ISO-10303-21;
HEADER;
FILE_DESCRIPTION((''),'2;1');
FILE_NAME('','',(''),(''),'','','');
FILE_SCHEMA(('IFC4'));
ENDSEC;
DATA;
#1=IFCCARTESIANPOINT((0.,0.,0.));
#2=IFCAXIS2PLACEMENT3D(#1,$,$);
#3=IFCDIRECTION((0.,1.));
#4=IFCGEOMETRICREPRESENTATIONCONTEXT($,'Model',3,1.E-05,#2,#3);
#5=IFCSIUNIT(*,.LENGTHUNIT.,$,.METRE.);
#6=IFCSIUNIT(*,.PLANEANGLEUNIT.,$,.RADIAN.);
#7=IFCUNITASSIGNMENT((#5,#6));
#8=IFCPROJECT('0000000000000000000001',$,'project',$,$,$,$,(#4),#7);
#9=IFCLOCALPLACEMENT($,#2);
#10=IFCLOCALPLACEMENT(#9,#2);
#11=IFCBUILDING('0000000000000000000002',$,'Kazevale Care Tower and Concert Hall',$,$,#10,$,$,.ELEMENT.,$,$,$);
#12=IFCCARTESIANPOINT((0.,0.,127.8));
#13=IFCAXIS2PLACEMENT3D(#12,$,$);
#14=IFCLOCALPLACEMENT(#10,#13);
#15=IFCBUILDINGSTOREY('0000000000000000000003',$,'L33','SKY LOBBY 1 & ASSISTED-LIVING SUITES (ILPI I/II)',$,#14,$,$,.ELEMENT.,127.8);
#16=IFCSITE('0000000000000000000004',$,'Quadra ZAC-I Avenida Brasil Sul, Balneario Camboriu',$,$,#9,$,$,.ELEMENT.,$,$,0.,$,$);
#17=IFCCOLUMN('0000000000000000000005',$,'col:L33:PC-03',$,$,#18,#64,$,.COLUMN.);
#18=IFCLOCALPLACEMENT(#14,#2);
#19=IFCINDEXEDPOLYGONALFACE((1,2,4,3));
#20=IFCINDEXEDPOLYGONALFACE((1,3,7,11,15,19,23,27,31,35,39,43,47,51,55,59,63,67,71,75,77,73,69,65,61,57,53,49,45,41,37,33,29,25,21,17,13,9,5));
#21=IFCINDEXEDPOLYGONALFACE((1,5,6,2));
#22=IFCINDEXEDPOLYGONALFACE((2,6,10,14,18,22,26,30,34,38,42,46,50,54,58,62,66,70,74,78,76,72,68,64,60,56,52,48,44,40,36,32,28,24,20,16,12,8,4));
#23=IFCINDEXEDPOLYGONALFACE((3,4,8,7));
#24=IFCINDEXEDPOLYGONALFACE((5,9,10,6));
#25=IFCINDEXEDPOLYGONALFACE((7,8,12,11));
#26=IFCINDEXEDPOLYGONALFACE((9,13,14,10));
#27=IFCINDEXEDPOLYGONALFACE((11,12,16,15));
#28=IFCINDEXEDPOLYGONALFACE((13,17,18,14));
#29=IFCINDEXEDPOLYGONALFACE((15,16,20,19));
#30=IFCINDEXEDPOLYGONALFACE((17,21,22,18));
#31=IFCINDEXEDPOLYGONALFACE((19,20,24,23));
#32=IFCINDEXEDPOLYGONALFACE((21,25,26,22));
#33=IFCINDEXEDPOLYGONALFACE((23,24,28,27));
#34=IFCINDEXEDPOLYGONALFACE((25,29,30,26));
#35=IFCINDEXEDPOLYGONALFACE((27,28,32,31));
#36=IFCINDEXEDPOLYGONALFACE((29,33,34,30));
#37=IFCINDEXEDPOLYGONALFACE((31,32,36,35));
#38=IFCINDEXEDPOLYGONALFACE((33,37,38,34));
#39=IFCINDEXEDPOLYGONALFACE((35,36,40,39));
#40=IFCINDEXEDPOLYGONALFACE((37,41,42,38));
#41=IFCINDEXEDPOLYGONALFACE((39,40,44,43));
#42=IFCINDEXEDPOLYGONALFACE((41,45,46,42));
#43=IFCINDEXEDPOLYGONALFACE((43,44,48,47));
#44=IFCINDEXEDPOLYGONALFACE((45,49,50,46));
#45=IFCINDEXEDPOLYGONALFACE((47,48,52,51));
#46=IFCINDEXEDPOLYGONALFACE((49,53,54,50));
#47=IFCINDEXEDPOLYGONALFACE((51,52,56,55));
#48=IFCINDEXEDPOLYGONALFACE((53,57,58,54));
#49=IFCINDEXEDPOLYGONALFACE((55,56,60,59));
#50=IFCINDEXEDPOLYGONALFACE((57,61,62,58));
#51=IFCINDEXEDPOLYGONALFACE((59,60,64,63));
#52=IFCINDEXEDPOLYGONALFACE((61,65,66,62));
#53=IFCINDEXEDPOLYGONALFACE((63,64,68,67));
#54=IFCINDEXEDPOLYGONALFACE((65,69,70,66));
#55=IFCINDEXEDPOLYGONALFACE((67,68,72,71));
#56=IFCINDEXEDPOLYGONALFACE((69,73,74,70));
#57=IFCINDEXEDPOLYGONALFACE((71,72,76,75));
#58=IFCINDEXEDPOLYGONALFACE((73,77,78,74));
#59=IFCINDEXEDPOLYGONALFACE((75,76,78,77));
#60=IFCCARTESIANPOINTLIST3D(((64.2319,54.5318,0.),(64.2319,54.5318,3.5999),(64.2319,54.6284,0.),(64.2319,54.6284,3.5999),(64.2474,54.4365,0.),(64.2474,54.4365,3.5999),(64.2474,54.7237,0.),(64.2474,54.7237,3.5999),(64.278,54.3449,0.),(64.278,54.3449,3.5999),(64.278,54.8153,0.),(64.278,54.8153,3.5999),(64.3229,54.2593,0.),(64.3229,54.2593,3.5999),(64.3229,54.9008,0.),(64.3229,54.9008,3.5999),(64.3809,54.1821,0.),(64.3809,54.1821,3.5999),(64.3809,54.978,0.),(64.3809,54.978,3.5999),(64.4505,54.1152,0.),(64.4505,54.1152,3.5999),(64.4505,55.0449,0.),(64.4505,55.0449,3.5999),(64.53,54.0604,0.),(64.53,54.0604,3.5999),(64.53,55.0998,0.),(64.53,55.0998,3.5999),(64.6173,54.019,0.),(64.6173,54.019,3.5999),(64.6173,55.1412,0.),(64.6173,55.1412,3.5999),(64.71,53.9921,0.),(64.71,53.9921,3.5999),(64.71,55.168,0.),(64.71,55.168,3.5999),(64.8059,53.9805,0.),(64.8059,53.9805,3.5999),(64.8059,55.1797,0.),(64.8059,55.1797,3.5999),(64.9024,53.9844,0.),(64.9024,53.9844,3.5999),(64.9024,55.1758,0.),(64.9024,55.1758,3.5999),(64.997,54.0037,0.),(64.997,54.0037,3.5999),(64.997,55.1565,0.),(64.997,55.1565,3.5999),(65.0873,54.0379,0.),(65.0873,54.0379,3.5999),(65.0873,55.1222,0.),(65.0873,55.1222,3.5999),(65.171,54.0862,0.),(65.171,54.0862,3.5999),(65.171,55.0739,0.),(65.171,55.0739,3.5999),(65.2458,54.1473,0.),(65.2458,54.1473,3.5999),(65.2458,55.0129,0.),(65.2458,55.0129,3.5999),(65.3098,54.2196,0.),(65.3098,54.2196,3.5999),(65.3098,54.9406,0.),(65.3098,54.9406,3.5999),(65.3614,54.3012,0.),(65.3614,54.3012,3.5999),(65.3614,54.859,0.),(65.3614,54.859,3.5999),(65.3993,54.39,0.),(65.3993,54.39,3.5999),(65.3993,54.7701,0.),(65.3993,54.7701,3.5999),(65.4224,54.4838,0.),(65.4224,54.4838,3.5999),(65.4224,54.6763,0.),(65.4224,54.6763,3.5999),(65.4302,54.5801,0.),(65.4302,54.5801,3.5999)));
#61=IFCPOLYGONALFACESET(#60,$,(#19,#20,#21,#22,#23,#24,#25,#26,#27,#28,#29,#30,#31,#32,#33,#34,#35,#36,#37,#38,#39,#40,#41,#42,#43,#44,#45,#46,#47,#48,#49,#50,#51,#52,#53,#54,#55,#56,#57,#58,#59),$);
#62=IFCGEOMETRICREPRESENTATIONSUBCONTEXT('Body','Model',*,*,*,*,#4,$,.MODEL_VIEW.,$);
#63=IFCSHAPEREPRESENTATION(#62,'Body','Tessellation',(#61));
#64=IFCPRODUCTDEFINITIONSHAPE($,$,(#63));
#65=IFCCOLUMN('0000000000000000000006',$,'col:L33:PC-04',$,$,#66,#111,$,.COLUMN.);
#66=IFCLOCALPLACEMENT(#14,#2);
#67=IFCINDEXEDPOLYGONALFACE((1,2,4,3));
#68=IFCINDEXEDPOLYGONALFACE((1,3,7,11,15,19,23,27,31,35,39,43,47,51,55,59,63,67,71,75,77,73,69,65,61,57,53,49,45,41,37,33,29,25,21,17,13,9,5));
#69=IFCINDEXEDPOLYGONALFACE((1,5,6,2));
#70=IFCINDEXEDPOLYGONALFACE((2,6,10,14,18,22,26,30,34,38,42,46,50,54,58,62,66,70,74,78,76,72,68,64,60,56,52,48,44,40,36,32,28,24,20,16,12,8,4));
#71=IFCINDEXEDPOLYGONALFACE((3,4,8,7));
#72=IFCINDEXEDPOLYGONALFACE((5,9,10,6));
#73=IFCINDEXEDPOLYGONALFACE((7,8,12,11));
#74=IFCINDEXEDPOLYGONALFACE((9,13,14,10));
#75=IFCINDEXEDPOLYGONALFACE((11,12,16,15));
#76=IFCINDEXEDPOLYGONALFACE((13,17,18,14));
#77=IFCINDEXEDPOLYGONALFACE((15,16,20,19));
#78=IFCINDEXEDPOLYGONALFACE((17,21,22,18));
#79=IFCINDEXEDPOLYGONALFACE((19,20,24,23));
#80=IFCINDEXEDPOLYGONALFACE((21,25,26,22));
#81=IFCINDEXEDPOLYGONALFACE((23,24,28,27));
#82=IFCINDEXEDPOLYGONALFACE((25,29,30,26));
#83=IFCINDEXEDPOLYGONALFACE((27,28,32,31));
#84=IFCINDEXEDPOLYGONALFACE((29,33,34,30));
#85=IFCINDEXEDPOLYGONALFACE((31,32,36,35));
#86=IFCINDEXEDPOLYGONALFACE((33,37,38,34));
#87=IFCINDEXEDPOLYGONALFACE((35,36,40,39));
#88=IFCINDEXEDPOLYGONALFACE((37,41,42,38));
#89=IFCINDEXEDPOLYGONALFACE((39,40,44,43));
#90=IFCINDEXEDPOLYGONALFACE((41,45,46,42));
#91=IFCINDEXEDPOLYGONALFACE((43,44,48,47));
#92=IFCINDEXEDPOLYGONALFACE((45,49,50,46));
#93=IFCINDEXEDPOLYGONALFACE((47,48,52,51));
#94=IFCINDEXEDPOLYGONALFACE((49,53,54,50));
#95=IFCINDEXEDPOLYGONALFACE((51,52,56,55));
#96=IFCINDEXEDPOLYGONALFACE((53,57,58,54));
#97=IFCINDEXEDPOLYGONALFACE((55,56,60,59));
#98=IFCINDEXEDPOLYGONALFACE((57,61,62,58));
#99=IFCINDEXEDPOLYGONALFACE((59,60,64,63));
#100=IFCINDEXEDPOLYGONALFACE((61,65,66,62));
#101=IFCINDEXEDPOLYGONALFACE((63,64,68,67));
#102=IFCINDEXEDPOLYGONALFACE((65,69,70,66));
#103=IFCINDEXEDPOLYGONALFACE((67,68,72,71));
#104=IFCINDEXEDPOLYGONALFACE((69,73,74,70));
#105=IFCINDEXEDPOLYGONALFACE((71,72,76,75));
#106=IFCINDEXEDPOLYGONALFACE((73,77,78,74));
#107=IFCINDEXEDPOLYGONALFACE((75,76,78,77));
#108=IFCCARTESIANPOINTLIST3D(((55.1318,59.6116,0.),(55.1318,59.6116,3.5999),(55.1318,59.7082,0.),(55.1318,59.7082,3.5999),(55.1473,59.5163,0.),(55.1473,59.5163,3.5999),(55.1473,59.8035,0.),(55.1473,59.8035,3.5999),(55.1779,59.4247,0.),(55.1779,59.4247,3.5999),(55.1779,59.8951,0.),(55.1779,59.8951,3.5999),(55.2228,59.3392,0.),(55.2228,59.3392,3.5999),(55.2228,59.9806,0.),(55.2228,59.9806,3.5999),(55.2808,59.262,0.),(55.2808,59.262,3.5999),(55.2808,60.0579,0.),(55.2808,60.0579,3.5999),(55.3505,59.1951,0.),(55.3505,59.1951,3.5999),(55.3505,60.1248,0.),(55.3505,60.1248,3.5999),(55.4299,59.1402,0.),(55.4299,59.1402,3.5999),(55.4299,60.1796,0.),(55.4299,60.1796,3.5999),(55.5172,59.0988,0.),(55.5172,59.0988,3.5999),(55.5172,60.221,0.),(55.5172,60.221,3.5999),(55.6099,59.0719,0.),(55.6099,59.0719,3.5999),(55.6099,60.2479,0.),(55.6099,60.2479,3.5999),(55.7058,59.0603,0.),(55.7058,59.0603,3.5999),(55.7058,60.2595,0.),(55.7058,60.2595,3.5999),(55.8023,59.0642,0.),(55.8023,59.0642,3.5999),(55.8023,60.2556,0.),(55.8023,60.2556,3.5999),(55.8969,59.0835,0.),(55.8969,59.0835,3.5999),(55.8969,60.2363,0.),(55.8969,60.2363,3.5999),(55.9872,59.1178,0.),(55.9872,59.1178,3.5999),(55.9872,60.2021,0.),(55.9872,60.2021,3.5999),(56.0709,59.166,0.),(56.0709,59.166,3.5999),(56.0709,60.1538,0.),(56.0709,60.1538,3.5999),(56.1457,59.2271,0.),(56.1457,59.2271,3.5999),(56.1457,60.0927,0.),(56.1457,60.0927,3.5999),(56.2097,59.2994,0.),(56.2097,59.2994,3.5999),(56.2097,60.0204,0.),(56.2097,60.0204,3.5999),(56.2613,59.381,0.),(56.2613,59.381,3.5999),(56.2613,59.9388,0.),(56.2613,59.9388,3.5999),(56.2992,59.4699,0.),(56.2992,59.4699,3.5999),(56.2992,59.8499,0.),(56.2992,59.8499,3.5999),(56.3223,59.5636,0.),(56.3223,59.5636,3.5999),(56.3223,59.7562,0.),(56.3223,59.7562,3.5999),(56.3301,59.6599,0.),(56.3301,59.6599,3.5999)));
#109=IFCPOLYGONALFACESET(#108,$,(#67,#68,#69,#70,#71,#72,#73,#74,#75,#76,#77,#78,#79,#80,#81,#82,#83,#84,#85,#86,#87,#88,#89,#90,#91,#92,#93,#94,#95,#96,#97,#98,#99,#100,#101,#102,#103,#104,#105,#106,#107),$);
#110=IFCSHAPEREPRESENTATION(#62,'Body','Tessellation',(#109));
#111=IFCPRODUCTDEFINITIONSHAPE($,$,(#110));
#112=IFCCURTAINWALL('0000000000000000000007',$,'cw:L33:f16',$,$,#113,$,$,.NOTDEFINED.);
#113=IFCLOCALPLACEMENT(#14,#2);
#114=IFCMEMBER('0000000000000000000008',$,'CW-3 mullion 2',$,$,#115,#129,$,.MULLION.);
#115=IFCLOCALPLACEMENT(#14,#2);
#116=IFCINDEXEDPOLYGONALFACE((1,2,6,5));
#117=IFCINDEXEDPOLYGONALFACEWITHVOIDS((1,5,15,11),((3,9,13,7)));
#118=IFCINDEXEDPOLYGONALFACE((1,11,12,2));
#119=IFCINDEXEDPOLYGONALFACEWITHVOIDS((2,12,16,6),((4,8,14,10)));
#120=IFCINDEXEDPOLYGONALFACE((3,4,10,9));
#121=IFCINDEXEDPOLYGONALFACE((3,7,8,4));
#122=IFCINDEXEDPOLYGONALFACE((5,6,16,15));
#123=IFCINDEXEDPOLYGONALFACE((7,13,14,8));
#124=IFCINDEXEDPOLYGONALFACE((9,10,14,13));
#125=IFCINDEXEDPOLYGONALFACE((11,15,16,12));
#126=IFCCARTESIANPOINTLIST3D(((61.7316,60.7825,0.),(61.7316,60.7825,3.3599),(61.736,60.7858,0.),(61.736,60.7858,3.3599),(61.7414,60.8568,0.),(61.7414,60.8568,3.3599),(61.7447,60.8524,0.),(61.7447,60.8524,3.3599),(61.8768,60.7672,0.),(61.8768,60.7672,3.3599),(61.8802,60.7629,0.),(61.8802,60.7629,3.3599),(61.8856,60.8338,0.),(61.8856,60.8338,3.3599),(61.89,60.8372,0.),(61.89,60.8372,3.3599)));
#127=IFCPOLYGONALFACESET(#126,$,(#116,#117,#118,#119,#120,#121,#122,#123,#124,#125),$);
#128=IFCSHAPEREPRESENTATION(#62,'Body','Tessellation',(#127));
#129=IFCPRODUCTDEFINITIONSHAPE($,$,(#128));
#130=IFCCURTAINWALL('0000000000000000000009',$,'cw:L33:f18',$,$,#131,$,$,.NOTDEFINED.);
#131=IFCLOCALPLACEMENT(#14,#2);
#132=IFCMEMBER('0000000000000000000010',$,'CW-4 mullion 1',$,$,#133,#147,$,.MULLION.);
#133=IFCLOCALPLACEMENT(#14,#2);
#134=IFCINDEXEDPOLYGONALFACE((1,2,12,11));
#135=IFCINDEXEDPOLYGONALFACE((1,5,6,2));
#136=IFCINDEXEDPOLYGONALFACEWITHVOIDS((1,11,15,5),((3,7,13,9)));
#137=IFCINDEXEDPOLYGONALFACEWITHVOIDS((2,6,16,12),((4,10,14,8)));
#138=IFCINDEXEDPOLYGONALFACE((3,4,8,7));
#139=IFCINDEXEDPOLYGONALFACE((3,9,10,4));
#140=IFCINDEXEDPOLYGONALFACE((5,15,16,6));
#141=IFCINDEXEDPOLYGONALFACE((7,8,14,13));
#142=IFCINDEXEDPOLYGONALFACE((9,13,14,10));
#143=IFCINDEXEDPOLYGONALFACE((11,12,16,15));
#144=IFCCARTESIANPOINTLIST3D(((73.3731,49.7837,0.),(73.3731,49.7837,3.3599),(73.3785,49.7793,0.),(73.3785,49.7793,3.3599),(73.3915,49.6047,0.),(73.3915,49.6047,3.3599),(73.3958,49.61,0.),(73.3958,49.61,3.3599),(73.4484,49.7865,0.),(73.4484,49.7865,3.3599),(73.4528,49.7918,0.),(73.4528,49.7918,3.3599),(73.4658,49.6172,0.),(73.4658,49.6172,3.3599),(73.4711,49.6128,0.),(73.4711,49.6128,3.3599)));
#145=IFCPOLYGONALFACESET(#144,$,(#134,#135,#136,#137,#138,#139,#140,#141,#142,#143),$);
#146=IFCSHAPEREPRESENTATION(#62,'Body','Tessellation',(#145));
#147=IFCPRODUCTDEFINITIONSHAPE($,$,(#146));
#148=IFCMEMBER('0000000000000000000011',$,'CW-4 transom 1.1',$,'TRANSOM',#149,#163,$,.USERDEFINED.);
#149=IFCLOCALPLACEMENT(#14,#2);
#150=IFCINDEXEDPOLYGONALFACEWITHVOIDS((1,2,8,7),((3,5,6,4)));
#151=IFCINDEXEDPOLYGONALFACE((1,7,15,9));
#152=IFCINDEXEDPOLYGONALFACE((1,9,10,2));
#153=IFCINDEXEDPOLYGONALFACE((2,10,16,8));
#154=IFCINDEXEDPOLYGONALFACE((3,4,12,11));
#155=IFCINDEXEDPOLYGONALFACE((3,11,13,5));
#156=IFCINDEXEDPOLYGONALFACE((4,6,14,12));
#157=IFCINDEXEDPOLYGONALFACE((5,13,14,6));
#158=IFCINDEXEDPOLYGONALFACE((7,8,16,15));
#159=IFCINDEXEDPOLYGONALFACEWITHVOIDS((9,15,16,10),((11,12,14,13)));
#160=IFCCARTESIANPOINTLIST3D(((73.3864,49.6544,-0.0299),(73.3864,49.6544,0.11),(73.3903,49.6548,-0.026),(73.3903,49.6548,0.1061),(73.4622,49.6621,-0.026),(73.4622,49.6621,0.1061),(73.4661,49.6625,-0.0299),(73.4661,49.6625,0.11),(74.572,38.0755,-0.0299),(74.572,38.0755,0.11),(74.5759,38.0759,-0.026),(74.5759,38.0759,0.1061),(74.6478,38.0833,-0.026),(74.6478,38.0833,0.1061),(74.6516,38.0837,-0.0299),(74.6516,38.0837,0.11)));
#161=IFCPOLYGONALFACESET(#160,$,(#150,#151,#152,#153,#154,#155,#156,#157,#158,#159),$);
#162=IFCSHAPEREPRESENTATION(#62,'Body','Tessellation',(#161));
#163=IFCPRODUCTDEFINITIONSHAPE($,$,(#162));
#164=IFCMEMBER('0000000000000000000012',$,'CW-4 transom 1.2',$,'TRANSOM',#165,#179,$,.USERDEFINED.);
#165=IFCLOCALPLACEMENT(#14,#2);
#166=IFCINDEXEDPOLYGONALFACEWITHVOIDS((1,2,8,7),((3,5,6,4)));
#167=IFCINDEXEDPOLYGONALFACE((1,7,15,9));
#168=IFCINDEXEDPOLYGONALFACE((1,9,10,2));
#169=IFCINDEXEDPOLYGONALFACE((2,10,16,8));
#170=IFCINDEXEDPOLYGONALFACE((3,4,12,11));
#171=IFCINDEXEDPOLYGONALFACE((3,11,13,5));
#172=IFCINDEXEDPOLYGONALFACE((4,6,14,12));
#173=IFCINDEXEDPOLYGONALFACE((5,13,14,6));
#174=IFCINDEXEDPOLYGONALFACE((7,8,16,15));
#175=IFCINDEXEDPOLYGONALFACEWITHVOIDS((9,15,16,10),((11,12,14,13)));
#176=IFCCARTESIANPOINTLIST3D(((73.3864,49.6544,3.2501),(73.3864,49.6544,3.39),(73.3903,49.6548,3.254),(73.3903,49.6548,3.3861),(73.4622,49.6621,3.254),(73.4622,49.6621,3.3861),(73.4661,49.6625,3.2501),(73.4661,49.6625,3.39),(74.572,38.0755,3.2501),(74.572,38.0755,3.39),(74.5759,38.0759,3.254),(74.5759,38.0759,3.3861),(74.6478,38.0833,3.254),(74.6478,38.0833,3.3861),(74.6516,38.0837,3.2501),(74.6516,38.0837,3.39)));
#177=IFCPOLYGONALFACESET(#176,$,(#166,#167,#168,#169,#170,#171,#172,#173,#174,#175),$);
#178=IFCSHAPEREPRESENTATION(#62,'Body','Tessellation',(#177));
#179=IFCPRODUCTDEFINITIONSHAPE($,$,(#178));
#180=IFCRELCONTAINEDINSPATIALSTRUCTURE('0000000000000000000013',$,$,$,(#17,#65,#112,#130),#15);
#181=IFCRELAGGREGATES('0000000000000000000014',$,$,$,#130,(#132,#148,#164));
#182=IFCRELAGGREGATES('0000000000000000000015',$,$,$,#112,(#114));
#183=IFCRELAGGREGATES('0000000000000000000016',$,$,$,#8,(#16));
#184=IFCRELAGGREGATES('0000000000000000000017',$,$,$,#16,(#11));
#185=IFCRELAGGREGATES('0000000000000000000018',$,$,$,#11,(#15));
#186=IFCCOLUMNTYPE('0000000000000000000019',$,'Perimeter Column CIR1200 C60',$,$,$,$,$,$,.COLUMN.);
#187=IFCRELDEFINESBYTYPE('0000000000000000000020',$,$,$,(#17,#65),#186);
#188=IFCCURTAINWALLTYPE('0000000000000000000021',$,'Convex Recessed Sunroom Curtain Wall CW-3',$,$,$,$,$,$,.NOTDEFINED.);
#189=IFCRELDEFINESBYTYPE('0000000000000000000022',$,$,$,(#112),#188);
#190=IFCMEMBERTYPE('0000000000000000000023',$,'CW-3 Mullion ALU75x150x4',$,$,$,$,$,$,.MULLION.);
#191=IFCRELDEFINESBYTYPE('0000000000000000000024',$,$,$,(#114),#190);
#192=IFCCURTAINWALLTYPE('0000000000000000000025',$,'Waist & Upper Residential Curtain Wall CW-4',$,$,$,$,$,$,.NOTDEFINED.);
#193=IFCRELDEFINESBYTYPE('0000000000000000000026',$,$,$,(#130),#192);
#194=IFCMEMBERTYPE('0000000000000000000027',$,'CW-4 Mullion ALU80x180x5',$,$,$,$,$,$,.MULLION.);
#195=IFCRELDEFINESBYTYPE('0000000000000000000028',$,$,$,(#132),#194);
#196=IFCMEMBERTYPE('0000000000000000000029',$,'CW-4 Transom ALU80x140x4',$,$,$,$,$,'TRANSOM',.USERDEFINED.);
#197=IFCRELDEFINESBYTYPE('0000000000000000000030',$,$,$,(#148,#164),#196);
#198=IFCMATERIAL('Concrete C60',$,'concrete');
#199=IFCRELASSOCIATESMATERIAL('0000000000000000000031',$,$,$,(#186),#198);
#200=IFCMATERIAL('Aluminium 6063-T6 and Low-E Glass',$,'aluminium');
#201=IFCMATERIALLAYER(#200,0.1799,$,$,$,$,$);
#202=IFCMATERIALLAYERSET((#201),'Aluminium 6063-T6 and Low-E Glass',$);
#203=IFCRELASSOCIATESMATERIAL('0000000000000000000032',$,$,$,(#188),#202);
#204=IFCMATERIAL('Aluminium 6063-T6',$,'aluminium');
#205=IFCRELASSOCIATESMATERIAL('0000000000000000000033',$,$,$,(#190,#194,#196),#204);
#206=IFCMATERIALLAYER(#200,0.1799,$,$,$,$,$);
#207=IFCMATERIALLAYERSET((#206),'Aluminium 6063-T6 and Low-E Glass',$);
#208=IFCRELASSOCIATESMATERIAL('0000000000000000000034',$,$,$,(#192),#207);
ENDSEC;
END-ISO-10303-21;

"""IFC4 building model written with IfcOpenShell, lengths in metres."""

from ifc_helpers import new_model, si_unit, direction, frame, origin, origin_2d, place, context, subcontext, project, spatial, hollow_rectangle, circle, extrude, material, layer, layer_set, material_profile, profile_set, type_object, element, aggregate, save


model = new_model("IFC4")

# Units and contexts
model_context = context("Model", 3, precision=1e-05, world=origin(), true_north=direction((0.0, 1.0)))
body_context = subcontext(model_context, "Body", "Model", "MODEL_VIEW")
ifc_project = project(units=[si_unit("LENGTHUNIT", "METRE"), si_unit("PLANEANGLEUNIT", "RADIAN")], contexts=[model_context])

# Site, building, storey
site_placement = place(None, origin())
site = spatial("IfcSite", under=ifc_project, at=site_placement, Name="Quadra ZAC-I Avenida Brasil Sul, Balneario Camboriu", CompositionType="ELEMENT", RefElevation=0.0)
building_placement = place(site_placement, origin())
building = spatial("IfcBuilding", under=site, at=building_placement, Name="Kazevale Care Tower and Concert Hall", CompositionType="ELEMENT")
storey_placement = place(building_placement, frame((0.0, 0.0, 127.8)))
storey = spatial("IfcBuildingStorey", under=building, at=storey_placement, Name="L33", Description="SKY LOBBY 1 & ASSISTED-LIVING SUITES (ILPI I/II)", CompositionType="ELEMENT", Elevation=127.8)

# Columns
ifc_material_1 = material(Name="Concrete C60", Category="concrete")
ifc_material_profile_1 = material_profile(ifc_material_1, circle(Radius=0.6001, at=origin_2d()), Name="RC-CIR1200")
ifc_profile_set_1 = profile_set([ifc_material_profile_1], Name="Concrete C60")
column_type = type_object("IfcColumnType", Name="Perimeter Column CIR1200 C60", PredefinedType="COLUMN", material=ifc_profile_set_1)
for number, where, z_axis, x_axis, name in (
    (1, (64.8301, 54.5801, 0.0), (0.0, 0.0, 1.0), (1.0, 0.0, 0.0), "col:L33:PC-03"),
    (2, (55.73, 59.6599, 0.0), (0.0, 0.0, 1.0), (1.0, 0.0, 0.0), "col:L33:PC-04"),
):
    element("IfcColumn", number, at=place(storey_placement, frame(where, z_axis=z_axis, x_axis=x_axis)), inside=storey, type_object=column_type, Name=name, PredefinedType="COLUMN", context=body_context, shape_type="SweptSolid", body=[
        extrude(circle(Radius=0.6001, at=origin_2d()), origin(), (0.0, 0.0, 1.0), 3.5999),
    ])

# Curtain wall, member
ifc_material_2 = material(Name="Aluminium 6063-T6 and Low-E Glass", Category="aluminium")
ifc_layer_1 = layer(ifc_material_2, 0.1799)
ifc_layer_set_1 = layer_set([ifc_layer_1], Name="Aluminium 6063-T6 and Low-E Glass")
curtain_wall_type_1 = type_object("IfcCurtainWallType", Name="Convex Recessed Sunroom Curtain Wall CW-3", PredefinedType="NOTDEFINED", material=ifc_layer_set_1)
curtain_wall_1_placement = place(storey_placement, origin())
curtain_wall_1 = element("IfcCurtainWall", 3, at=curtain_wall_1_placement, inside=storey, type_object=curtain_wall_type_1, Name="cw:L33:f16", PredefinedType="NOTDEFINED")
ifc_material_3 = material(Name="Aluminium 6063-T6", Category="aluminium")
ifc_material_profile_2 = material_profile(ifc_material_3, hollow_rectangle(XDim=0.075, YDim=0.1499, WallThickness=0.0039, at=origin_2d()), Name="ALU75x150x4")
ifc_profile_set_2 = profile_set([ifc_material_profile_2], Name="Aluminium 6063-T6")
member_type_1 = type_object("IfcMemberType", Name="CW-3 Mullion ALU75x150x4", PredefinedType="MULLION", material=ifc_profile_set_2)
member_1_placement = place(storey_placement, frame((61.8108, 60.8098, 0.0), z_axis=(0.0, 0.0, 1.0), x_axis=(0.130822, 0.991406, 0.0)))
member_1 = element("IfcMember", 4, at=member_1_placement, type_object=member_type_1, Name="CW-3 mullion 2", PredefinedType="MULLION", context=body_context, shape_type="SweptSolid", body=[
    extrude(hollow_rectangle(XDim=0.075, YDim=0.1499, WallThickness=0.0039, at=origin_2d()), origin(), (0.0, 0.0, 1.0), 3.3599),
])

# Curtain wall, members
ifc_layer_2 = layer(ifc_material_2, 0.1799)
ifc_layer_set_2 = layer_set([ifc_layer_2], Name="Aluminium 6063-T6 and Low-E Glass")
curtain_wall_type_2 = type_object("IfcCurtainWallType", Name="Waist & Upper Residential Curtain Wall CW-4", PredefinedType="NOTDEFINED", material=ifc_layer_set_2)
curtain_wall_2_placement = place(storey_placement, origin())
curtain_wall_2 = element("IfcCurtainWall", 5, at=curtain_wall_2_placement, inside=storey, type_object=curtain_wall_type_2, Name="cw:L33:f18", PredefinedType="NOTDEFINED")
ifc_material_profile_3 = material_profile(ifc_material_3, hollow_rectangle(XDim=0.0801, YDim=0.1799, WallThickness=0.0049, at=origin_2d()), Name="ALU80x180x5")
ifc_profile_set_3 = profile_set([ifc_material_profile_3], Name="Aluminium 6063-T6")
member_type_2 = type_object("IfcMemberType", Name="CW-4 Mullion ALU80x180x5", PredefinedType="MULLION", material=ifc_profile_set_3)
member_2_placement = place(storey_placement, frame((73.4221, 49.6982, 0.0), z_axis=(0.0, 0.0, 1.0), x_axis=(0.994798, 0.10187, 0.0)))
member_2 = element("IfcMember", 6, at=member_2_placement, type_object=member_type_2, Name="CW-4 mullion 1", PredefinedType="MULLION", context=body_context, shape_type="SweptSolid", body=[
    extrude(hollow_rectangle(XDim=0.0801, YDim=0.1799, WallThickness=0.0049, at=origin_2d()), origin(), (0.0, 0.0, 1.0), 3.3599),
])
ifc_material_profile_4 = material_profile(ifc_material_3, hollow_rectangle(XDim=0.0801, YDim=0.1399, WallThickness=0.0039, at=origin_2d()), Name="ALU80x140x4")
ifc_profile_set_4 = profile_set([ifc_material_profile_4], Name="Aluminium 6063-T6")
member_type_3 = type_object("IfcMemberType", Name="CW-4 Transom ALU80x140x4", ElementType="TRANSOM", PredefinedType="USERDEFINED", material=ifc_profile_set_4)
member_3_placement = place(storey_placement, frame((73.4263, 49.6584, 0.04), z_axis=(0.101856, -0.994799, 0.0), x_axis=(0.994799, 0.101856, 0.0)))
member_3 = element("IfcMember", 7, at=member_3_placement, type_object=member_type_3, Name="CW-4 transom 1.1", ObjectType="TRANSOM", PredefinedType="USERDEFINED", context=body_context, shape_type="SweptSolid", body=[
    extrude(hollow_rectangle(XDim=0.0801, YDim=0.1399, WallThickness=0.0039, at=origin_2d()), origin(), (0.0, 0.0, 1.0), 11.6394),
])
member_4_placement = place(storey_placement, frame((73.4263, 49.6584, 3.3201), z_axis=(0.101856, -0.994799, 0.0), x_axis=(0.994799, 0.101856, 0.0)))
member_4 = element("IfcMember", 8, at=member_4_placement, type_object=member_type_3, Name="CW-4 transom 1.2", ObjectType="TRANSOM", PredefinedType="USERDEFINED", context=body_context, shape_type="SweptSolid", body=[
    extrude(hollow_rectangle(XDim=0.0801, YDim=0.1399, WallThickness=0.0039, at=origin_2d()), origin(), (0.0, 0.0, 1.0), 11.6394),
])
aggregate(curtain_wall_2, [member_2, member_3, member_4])

aggregate(curtain_wall_1, [member_1])

save(model, "model.ifc")
